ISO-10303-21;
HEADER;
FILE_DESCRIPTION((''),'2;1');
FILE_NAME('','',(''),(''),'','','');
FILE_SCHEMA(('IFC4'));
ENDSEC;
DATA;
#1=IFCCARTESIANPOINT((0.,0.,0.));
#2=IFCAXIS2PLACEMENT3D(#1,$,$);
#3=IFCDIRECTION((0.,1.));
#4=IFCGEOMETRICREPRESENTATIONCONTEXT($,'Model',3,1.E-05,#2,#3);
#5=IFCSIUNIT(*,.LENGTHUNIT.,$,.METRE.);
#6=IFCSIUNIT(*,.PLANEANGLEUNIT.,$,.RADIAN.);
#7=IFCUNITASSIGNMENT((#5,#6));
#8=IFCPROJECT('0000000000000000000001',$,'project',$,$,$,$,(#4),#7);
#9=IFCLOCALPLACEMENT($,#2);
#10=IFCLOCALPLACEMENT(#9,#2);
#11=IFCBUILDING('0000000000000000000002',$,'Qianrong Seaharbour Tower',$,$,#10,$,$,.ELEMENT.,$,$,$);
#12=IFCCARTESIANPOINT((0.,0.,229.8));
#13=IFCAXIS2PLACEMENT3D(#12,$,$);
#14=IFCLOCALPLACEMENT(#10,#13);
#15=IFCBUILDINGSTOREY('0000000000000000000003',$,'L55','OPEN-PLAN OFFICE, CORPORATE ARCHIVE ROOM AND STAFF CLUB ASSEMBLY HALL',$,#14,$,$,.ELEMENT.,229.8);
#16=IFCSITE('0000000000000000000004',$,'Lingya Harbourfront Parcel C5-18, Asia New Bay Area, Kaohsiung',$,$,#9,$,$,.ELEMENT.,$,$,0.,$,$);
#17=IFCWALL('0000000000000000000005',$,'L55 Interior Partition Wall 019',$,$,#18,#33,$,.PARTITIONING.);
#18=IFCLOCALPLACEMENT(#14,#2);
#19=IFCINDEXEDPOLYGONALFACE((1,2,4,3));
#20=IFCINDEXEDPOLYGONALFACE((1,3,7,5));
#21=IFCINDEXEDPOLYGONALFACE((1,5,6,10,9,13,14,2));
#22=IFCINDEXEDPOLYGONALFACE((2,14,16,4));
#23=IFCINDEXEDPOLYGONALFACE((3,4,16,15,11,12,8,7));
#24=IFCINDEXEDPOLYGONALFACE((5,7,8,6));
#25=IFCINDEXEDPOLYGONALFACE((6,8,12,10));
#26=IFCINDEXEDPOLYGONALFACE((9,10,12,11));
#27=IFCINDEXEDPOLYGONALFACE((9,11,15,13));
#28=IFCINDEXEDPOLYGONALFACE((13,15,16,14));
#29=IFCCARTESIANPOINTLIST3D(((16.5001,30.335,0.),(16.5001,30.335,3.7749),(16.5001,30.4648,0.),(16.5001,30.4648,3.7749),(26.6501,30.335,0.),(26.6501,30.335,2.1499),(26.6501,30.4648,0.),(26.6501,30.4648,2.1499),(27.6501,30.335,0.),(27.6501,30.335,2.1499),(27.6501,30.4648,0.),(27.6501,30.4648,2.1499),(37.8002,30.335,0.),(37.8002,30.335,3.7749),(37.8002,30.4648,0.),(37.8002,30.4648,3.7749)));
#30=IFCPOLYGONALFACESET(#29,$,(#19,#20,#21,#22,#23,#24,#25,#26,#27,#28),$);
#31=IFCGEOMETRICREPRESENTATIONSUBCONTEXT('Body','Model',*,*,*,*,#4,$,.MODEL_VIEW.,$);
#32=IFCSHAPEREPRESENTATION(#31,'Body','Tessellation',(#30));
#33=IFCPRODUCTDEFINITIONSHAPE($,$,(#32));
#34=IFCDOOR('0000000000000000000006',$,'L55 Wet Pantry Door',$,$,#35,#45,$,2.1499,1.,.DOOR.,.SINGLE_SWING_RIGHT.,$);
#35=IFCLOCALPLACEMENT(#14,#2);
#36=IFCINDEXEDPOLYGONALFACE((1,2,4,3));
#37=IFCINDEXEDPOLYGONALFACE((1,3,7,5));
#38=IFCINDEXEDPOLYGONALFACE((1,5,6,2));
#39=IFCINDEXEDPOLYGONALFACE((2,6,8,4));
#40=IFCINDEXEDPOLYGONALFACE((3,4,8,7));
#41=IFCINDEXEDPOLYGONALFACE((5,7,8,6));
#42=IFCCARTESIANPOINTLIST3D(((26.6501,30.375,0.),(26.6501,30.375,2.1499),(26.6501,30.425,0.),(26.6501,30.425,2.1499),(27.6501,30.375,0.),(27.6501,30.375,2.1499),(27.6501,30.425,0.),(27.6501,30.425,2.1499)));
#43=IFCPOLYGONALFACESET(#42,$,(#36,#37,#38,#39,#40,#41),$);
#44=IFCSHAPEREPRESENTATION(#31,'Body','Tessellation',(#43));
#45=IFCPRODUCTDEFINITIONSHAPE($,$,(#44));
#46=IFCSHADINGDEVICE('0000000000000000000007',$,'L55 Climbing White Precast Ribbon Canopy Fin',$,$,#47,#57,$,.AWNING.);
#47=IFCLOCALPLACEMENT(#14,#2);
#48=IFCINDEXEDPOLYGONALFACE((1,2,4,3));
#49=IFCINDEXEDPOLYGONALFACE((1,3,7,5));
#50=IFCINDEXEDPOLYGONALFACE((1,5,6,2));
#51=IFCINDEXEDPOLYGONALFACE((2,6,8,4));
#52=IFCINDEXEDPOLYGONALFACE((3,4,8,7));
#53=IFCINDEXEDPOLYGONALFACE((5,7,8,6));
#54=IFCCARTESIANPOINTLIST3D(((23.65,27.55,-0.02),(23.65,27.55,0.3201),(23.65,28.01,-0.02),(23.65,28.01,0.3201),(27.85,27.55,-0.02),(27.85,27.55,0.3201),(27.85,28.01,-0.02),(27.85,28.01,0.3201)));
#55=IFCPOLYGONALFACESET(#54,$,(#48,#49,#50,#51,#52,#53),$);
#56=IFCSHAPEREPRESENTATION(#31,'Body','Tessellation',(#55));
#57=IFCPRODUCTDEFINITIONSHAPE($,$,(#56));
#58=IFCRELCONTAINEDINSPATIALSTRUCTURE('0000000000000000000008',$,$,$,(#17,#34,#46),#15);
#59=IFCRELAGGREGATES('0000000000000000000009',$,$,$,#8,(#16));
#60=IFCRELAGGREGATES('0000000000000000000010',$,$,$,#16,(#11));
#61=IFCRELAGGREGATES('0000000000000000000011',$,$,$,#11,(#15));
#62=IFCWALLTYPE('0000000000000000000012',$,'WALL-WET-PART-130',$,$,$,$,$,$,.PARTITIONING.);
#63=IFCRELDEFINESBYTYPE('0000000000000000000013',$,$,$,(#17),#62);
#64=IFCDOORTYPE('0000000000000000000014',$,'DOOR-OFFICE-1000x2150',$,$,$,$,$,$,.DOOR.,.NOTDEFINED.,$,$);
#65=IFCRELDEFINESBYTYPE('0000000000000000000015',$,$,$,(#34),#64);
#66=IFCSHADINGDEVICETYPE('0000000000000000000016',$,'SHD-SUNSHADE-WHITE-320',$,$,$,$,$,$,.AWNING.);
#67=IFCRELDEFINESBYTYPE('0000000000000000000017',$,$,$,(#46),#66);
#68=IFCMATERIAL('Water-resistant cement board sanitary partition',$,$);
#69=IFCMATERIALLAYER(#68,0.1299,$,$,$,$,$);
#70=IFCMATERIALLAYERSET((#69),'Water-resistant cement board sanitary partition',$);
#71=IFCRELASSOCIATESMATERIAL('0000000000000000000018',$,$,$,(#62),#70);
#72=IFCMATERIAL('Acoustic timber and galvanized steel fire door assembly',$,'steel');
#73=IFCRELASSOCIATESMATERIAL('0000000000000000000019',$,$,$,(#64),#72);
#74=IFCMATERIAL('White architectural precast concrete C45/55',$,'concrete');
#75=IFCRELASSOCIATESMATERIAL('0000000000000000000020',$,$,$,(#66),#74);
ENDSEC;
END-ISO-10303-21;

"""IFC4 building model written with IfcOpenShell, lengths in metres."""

from ifc_helpers import new_model, si_unit, direction, frame, frame_2d, origin, origin_2d, place, context, subcontext, project, spatial, rectangle, extrude, material, layer, layer_set, type_object, element, fill, save


model = new_model("IFC4")

# Units and contexts
model_context = context("Model", 3, precision=1e-05, world=origin(), true_north=direction((0.0, 1.0)))
body_context = subcontext(model_context, "Body", "Model", "MODEL_VIEW")
ifc_project = project(units=[si_unit("LENGTHUNIT", "METRE"), si_unit("PLANEANGLEUNIT", "RADIAN")], contexts=[model_context])

# Site, building, storey
site_placement = place(None, origin())
site = spatial("IfcSite", under=ifc_project, at=site_placement, Name="Lingya Harbourfront Parcel C5-18, Asia New Bay Area, Kaohsiung", CompositionType="ELEMENT", RefElevation=0.0)
building_placement = place(site_placement, origin())
building = spatial("IfcBuilding", under=site, at=building_placement, Name="Qianrong Seaharbour Tower", CompositionType="ELEMENT")
storey_placement = place(building_placement, frame((0.0, 0.0, 229.8)))
storey = spatial("IfcBuildingStorey", under=building, at=storey_placement, Name="L55", Description="OPEN-PLAN OFFICE, CORPORATE ARCHIVE ROOM AND STAFF CLUB ASSEMBLY HALL", CompositionType="ELEMENT", Elevation=229.8)

# Wall, opening, door
ifc_material_1 = material(Name="Water-resistant cement board sanitary partition")
ifc_layer_1 = layer(ifc_material_1, 0.1299)
ifc_layer_set_1 = layer_set([ifc_layer_1], Name="Water-resistant cement board sanitary partition")
wall_type_1 = type_object("IfcWallType", Name="WALL-WET-PART-130", PredefinedType="PARTITIONING", material=ifc_layer_set_1)
wall_1_placement = place(storey_placement, frame((37.8, 30.3999, 0.0), z_axis=(0.0, 0.0, 1.0), x_axis=(-1.0, 0.0, 0.0)))
wall_1 = element("IfcWall", 1, at=wall_1_placement, inside=storey, type_object=wall_type_1, Name="L55 Interior Partition Wall 019", PredefinedType="PARTITIONING", context=body_context, shape_type="SweptSolid", body=[
    extrude(rectangle(XDim=21.3, YDim=0.1299, at=frame_2d((10.6499, 0.0))), origin(), (0.0, 0.0, 1.0), 3.7749),
])
opening_1_placement = place(wall_1_placement, frame((10.1499, 0.0, 0.0)))
opening_1 = element("IfcOpeningElement", 2, at=opening_1_placement, cuts=wall_1, PredefinedType="OPENING", context=body_context, shape_type="SweptSolid", body=[
    extrude(rectangle(XDim=1.0, YDim=2.1499, at=frame_2d((0.5, 1.075))), frame((0.0, 0.075, 0.0), z_axis=(0.0, -1.0, 0.0), x_axis=(1.0, 0.0, 0.0)), (0.0, 0.0, 1.0), 0.1499),
])
ifc_material_2 = material(Name="Acoustic timber and galvanized steel fire door assembly", Category="steel")
door_type = type_object("IfcDoorType", Name="DOOR-OFFICE-1000x2150", OperationType="NOTDEFINED", PredefinedType="DOOR", material=ifc_material_2)
door_placement = place(opening_1_placement, origin())
door = element("IfcDoor", 3, at=door_placement, inside=storey, type_object=door_type, Name="L55 Wet Pantry Door", OperationType="SINGLE_SWING_RIGHT", OverallHeight=2.1499, OverallWidth=1.0, PredefinedType="DOOR", context=body_context, shape_type="SweptSolid", body=[
    extrude(rectangle(XDim=1.0, YDim=2.1499, at=frame_2d((0.5, 1.075))), frame((0.0, 0.0249, 0.0), z_axis=(0.0, -1.0, 0.0), x_axis=(1.0, 0.0, 0.0)), (0.0, 0.0, 1.0), 0.05),
])
fill(opening_1, door)

# Shading device
ifc_material_3 = material(Name="White architectural precast concrete C45/55", Category="concrete")
shading_device_type = type_object("IfcShadingDeviceType", Name="SHD-SUNSHADE-WHITE-320", PredefinedType="AWNING", material=ifc_material_3)
shading_device_placement = place(storey_placement, frame((25.75, 27.78, -0.02), z_axis=(0.0, 0.0, 1.0), x_axis=(1.0, 0.0, 0.0)))
element("IfcShadingDevice", 4, at=shading_device_placement, inside=storey, type_object=shading_device_type, Name="L55 Climbing White Precast Ribbon Canopy Fin", PredefinedType="AWNING", context=body_context, shape_type="SweptSolid", body=[
    extrude(rectangle(XDim=4.2, YDim=0.46, at=origin_2d()), origin(), (0.0, 0.0, 1.0), 0.3401),
])

save(model, "model.ifc")
